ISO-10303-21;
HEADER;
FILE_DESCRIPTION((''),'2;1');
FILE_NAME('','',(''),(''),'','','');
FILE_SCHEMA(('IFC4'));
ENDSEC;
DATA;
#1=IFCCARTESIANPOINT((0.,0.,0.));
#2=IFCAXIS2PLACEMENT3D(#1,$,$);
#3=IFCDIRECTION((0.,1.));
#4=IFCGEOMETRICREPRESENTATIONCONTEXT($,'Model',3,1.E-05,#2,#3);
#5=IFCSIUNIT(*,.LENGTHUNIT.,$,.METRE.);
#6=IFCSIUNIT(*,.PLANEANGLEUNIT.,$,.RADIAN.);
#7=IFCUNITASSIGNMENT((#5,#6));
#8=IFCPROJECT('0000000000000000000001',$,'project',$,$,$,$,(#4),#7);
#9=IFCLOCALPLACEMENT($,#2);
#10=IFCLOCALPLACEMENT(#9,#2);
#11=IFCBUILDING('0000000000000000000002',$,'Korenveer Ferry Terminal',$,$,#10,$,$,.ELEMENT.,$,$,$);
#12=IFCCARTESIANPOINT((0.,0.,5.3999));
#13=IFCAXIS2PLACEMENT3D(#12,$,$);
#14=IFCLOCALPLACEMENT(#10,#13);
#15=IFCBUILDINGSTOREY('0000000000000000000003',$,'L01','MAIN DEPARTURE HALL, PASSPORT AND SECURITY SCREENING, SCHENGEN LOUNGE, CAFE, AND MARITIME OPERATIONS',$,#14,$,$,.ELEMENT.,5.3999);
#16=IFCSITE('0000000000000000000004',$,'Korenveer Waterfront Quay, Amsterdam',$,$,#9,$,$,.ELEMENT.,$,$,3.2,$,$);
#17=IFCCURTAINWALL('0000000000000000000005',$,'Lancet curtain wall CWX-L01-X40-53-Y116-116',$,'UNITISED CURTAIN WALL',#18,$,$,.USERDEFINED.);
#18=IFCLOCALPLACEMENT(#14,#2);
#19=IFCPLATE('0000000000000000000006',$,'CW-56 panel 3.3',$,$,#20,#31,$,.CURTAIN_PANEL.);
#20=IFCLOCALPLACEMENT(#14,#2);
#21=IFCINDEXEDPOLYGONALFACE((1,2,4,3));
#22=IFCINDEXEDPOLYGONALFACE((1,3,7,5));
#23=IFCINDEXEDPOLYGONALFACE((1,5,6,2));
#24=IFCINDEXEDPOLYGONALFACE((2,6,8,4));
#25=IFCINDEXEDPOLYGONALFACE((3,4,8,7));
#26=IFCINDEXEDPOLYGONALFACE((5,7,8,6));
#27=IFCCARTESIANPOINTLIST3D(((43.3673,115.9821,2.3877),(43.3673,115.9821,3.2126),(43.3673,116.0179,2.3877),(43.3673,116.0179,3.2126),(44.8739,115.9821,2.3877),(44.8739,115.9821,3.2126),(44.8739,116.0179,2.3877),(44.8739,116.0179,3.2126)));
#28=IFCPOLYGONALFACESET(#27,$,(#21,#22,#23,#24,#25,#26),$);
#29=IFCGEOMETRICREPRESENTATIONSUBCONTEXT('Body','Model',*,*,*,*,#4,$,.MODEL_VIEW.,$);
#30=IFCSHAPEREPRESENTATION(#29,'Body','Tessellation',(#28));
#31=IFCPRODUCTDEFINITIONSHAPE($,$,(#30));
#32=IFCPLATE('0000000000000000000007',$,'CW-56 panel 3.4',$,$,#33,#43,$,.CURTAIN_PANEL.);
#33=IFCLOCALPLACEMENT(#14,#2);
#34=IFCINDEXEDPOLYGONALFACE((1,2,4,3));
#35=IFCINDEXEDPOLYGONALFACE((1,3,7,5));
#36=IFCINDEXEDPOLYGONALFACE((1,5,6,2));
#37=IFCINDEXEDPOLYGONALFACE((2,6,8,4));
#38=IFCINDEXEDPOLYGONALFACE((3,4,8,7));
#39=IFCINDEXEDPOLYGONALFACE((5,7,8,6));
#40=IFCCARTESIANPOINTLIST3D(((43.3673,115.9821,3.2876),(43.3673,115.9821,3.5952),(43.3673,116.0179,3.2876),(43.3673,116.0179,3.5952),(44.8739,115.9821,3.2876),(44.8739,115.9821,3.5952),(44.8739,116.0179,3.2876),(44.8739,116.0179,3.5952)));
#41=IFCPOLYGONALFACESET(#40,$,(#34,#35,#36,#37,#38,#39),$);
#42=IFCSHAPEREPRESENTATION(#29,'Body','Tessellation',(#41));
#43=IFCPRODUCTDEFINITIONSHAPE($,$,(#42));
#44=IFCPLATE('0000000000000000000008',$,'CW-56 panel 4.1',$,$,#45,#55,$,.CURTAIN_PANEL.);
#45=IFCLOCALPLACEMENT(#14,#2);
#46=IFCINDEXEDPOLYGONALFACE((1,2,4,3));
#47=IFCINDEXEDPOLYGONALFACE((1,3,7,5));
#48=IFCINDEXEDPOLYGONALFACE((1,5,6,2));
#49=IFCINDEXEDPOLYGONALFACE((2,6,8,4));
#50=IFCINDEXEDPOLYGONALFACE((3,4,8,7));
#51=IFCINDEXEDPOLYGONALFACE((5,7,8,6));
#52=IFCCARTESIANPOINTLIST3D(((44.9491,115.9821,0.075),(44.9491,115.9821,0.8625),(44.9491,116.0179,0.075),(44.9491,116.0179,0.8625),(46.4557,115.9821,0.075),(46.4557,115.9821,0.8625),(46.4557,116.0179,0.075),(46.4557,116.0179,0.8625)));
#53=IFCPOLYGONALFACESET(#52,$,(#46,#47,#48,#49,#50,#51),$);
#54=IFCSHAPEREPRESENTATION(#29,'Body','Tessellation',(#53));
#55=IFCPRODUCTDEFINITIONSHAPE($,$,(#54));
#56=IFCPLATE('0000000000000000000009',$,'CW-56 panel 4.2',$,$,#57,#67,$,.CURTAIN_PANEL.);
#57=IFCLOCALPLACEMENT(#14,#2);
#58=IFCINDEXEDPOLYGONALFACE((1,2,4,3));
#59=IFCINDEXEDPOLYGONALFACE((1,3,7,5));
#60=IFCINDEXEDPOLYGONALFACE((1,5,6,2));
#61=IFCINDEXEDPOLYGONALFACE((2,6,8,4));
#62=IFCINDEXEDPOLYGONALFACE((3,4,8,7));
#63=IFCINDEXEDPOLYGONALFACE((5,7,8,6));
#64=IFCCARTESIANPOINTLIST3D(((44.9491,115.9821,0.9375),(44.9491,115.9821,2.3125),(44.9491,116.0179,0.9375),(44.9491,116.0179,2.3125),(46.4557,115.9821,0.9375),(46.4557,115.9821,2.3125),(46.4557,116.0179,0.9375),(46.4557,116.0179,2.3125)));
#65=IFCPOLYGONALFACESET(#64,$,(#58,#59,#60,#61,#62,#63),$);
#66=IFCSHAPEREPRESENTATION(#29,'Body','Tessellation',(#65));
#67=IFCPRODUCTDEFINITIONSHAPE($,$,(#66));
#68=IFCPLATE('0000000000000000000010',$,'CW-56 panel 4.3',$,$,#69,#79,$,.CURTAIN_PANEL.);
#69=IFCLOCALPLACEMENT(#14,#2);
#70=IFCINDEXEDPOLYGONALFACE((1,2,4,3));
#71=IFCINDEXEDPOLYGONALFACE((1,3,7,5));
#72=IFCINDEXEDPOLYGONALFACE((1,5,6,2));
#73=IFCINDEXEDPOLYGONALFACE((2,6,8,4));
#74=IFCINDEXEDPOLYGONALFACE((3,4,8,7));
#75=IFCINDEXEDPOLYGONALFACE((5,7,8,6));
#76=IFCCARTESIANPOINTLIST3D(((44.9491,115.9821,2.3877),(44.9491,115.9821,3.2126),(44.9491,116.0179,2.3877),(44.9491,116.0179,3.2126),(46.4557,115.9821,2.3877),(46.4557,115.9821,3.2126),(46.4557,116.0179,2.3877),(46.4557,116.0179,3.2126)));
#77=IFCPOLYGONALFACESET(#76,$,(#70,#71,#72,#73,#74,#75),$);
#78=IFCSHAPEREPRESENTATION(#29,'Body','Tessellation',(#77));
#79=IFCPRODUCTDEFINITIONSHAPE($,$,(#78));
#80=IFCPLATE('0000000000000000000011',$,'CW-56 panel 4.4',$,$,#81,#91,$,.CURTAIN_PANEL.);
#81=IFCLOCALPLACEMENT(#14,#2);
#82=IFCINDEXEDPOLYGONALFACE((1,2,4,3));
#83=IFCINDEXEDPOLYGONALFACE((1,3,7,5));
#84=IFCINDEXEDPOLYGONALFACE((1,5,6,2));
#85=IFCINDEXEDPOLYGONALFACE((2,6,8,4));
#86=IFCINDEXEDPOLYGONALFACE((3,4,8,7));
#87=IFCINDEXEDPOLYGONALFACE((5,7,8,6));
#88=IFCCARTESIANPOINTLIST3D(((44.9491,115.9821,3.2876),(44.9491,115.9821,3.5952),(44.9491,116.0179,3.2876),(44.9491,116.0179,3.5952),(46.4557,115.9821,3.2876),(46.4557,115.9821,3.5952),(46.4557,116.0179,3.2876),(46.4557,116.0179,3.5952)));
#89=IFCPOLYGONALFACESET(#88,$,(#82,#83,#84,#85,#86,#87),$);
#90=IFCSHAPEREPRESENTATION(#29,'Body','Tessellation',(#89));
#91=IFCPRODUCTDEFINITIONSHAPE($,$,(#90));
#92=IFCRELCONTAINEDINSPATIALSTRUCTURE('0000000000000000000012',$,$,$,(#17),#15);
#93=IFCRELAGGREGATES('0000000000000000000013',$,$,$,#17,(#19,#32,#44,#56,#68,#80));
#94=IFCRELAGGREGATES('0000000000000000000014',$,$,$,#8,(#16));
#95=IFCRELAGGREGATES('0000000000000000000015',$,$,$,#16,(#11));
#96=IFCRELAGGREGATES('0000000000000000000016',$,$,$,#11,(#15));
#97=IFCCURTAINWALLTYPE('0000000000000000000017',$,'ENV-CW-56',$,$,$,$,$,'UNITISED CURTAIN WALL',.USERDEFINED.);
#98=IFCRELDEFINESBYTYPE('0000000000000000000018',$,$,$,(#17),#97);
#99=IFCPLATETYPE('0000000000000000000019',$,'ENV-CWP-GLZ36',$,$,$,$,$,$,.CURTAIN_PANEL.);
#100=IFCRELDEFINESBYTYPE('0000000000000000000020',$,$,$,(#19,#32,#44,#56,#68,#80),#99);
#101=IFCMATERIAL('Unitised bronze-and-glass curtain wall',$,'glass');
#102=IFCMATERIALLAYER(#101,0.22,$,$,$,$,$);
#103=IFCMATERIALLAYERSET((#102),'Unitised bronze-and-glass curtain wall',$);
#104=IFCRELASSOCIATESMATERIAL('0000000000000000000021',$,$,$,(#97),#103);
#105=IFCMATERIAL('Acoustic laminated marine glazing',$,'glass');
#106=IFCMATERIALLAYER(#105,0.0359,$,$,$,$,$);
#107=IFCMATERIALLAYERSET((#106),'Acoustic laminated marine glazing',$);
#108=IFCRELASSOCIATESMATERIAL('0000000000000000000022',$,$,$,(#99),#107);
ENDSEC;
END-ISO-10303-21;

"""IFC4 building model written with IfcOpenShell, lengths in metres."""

from ifc_helpers import new_model, si_unit, direction, frame, origin, origin_2d, place, context, subcontext, project, spatial, rectangle, extrude, material, layer, layer_set, type_object, element, aggregate, save


model = new_model("IFC4")

# Units and contexts
model_context = context("Model", 3, precision=1e-05, world=origin(), true_north=direction((0.0, 1.0)))
body_context = subcontext(model_context, "Body", "Model", "MODEL_VIEW")
ifc_project = project(units=[si_unit("LENGTHUNIT", "METRE"), si_unit("PLANEANGLEUNIT", "RADIAN")], contexts=[model_context])

# Site, building, storey
site_placement = place(None, origin())
site = spatial("IfcSite", under=ifc_project, at=site_placement, Name="Korenveer Waterfront Quay, Amsterdam", CompositionType="ELEMENT", RefElevation=3.2)
building_placement = place(site_placement, origin())
building = spatial("IfcBuilding", under=site, at=building_placement, Name="Korenveer Ferry Terminal", CompositionType="ELEMENT")
storey_placement = place(building_placement, frame((0.0, 0.0, 5.3999)))
storey = spatial("IfcBuildingStorey", under=building, at=storey_placement, Name="L01", Description="MAIN DEPARTURE HALL, PASSPORT AND SECURITY SCREENING, SCHENGEN LOUNGE, CAFE, AND MARITIME OPERATIONS", CompositionType="ELEMENT", Elevation=5.3999)

# Curtain wall, plates
ifc_material_1 = material(Name="Unitised bronze-and-glass curtain wall", Category="glass")
ifc_layer_1 = layer(ifc_material_1, 0.22)
ifc_layer_set_1 = layer_set([ifc_layer_1], Name="Unitised bronze-and-glass curtain wall")
curtain_wall_type = type_object("IfcCurtainWallType", Name="ENV-CW-56", ElementType="UNITISED CURTAIN WALL", PredefinedType="USERDEFINED", material=ifc_layer_set_1)
curtain_wall_placement = place(storey_placement, frame((40.1665, 116.0, 0.0)))
curtain_wall = element("IfcCurtainWall", 1, at=curtain_wall_placement, inside=storey, type_object=curtain_wall_type, Name="Lancet curtain wall CWX-L01-X40-53-Y116-116", ObjectType="UNITISED CURTAIN WALL", PredefinedType="USERDEFINED")
ifc_material_2 = material(Name="Acoustic laminated marine glazing", Category="glass")
ifc_layer_2 = layer(ifc_material_2, 0.0359)
ifc_layer_set_2 = layer_set([ifc_layer_2], Name="Acoustic laminated marine glazing")
plate_type = type_object("IfcPlateType", Name="ENV-CWP-GLZ36", PredefinedType="CURTAIN_PANEL", material=ifc_layer_set_2)
plate_1_placement = place(storey_placement, frame((44.1206, 116.0, 2.3877), z_axis=(0.0, 0.0, 1.0), x_axis=(1.0, 0.0, 0.0)))
plate_1 = element("IfcPlate", 2, at=plate_1_placement, type_object=plate_type, Name="CW-56 panel 3.3", PredefinedType="CURTAIN_PANEL", context=body_context, shape_type="SweptSolid", body=[
    extrude(rectangle(XDim=1.5066, YDim=0.0359, at=origin_2d()), origin(), (0.0, 0.0, 1.0), 0.825),
])
plate_2_placement = place(storey_placement, frame((44.1206, 116.0, 3.2876), z_axis=(0.0, 0.0, 1.0), x_axis=(1.0, 0.0, 0.0)))
plate_2 = element("IfcPlate", 3, at=plate_2_placement, type_object=plate_type, Name="CW-56 panel 3.4", PredefinedType="CURTAIN_PANEL", context=body_context, shape_type="SweptSolid", body=[
    extrude(rectangle(XDim=1.5066, YDim=0.0359, at=origin_2d()), origin(), (0.0, 0.0, 1.0), 0.3076),
])
plate_3_placement = place(storey_placement, frame((45.7024, 116.0, 0.075), z_axis=(0.0, 0.0, 1.0), x_axis=(1.0, 0.0, 0.0)))
plate_3 = element("IfcPlate", 4, at=plate_3_placement, type_object=plate_type, Name="CW-56 panel 4.1", PredefinedType="CURTAIN_PANEL", context=body_context, shape_type="SweptSolid", body=[
    extrude(rectangle(XDim=1.5066, YDim=0.0359, at=origin_2d()), origin(), (0.0, 0.0, 1.0), 0.7876),
])
plate_4_placement = place(storey_placement, frame((45.7024, 116.0, 0.9375), z_axis=(0.0, 0.0, 1.0), x_axis=(1.0, 0.0, 0.0)))
plate_4 = element("IfcPlate", 5, at=plate_4_placement, type_object=plate_type, Name="CW-56 panel 4.2", PredefinedType="CURTAIN_PANEL", context=body_context, shape_type="SweptSolid", body=[
    extrude(rectangle(XDim=1.5066, YDim=0.0359, at=origin_2d()), origin(), (0.0, 0.0, 1.0), 1.375),
])
plate_5_placement = place(storey_placement, frame((45.7024, 116.0, 2.3877), z_axis=(0.0, 0.0, 1.0), x_axis=(1.0, 0.0, 0.0)))
plate_5 = element("IfcPlate", 6, at=plate_5_placement, type_object=plate_type, Name="CW-56 panel 4.3", PredefinedType="CURTAIN_PANEL", context=body_context, shape_type="SweptSolid", body=[
    extrude(rectangle(XDim=1.5066, YDim=0.0359, at=origin_2d()), origin(), (0.0, 0.0, 1.0), 0.825),
])
plate_6_placement = place(storey_placement, frame((45.7024, 116.0, 3.2876), z_axis=(0.0, 0.0, 1.0), x_axis=(1.0, 0.0, 0.0)))
plate_6 = element("IfcPlate", 7, at=plate_6_placement, type_object=plate_type, Name="CW-56 panel 4.4", PredefinedType="CURTAIN_PANEL", context=body_context, shape_type="SweptSolid", body=[
    extrude(rectangle(XDim=1.5066, YDim=0.0359, at=origin_2d()), origin(), (0.0, 0.0, 1.0), 0.3076),
])
aggregate(curtain_wall, [plate_1, plate_2, plate_3, plate_4, plate_5, plate_6])

save(model, "model.ifc")
